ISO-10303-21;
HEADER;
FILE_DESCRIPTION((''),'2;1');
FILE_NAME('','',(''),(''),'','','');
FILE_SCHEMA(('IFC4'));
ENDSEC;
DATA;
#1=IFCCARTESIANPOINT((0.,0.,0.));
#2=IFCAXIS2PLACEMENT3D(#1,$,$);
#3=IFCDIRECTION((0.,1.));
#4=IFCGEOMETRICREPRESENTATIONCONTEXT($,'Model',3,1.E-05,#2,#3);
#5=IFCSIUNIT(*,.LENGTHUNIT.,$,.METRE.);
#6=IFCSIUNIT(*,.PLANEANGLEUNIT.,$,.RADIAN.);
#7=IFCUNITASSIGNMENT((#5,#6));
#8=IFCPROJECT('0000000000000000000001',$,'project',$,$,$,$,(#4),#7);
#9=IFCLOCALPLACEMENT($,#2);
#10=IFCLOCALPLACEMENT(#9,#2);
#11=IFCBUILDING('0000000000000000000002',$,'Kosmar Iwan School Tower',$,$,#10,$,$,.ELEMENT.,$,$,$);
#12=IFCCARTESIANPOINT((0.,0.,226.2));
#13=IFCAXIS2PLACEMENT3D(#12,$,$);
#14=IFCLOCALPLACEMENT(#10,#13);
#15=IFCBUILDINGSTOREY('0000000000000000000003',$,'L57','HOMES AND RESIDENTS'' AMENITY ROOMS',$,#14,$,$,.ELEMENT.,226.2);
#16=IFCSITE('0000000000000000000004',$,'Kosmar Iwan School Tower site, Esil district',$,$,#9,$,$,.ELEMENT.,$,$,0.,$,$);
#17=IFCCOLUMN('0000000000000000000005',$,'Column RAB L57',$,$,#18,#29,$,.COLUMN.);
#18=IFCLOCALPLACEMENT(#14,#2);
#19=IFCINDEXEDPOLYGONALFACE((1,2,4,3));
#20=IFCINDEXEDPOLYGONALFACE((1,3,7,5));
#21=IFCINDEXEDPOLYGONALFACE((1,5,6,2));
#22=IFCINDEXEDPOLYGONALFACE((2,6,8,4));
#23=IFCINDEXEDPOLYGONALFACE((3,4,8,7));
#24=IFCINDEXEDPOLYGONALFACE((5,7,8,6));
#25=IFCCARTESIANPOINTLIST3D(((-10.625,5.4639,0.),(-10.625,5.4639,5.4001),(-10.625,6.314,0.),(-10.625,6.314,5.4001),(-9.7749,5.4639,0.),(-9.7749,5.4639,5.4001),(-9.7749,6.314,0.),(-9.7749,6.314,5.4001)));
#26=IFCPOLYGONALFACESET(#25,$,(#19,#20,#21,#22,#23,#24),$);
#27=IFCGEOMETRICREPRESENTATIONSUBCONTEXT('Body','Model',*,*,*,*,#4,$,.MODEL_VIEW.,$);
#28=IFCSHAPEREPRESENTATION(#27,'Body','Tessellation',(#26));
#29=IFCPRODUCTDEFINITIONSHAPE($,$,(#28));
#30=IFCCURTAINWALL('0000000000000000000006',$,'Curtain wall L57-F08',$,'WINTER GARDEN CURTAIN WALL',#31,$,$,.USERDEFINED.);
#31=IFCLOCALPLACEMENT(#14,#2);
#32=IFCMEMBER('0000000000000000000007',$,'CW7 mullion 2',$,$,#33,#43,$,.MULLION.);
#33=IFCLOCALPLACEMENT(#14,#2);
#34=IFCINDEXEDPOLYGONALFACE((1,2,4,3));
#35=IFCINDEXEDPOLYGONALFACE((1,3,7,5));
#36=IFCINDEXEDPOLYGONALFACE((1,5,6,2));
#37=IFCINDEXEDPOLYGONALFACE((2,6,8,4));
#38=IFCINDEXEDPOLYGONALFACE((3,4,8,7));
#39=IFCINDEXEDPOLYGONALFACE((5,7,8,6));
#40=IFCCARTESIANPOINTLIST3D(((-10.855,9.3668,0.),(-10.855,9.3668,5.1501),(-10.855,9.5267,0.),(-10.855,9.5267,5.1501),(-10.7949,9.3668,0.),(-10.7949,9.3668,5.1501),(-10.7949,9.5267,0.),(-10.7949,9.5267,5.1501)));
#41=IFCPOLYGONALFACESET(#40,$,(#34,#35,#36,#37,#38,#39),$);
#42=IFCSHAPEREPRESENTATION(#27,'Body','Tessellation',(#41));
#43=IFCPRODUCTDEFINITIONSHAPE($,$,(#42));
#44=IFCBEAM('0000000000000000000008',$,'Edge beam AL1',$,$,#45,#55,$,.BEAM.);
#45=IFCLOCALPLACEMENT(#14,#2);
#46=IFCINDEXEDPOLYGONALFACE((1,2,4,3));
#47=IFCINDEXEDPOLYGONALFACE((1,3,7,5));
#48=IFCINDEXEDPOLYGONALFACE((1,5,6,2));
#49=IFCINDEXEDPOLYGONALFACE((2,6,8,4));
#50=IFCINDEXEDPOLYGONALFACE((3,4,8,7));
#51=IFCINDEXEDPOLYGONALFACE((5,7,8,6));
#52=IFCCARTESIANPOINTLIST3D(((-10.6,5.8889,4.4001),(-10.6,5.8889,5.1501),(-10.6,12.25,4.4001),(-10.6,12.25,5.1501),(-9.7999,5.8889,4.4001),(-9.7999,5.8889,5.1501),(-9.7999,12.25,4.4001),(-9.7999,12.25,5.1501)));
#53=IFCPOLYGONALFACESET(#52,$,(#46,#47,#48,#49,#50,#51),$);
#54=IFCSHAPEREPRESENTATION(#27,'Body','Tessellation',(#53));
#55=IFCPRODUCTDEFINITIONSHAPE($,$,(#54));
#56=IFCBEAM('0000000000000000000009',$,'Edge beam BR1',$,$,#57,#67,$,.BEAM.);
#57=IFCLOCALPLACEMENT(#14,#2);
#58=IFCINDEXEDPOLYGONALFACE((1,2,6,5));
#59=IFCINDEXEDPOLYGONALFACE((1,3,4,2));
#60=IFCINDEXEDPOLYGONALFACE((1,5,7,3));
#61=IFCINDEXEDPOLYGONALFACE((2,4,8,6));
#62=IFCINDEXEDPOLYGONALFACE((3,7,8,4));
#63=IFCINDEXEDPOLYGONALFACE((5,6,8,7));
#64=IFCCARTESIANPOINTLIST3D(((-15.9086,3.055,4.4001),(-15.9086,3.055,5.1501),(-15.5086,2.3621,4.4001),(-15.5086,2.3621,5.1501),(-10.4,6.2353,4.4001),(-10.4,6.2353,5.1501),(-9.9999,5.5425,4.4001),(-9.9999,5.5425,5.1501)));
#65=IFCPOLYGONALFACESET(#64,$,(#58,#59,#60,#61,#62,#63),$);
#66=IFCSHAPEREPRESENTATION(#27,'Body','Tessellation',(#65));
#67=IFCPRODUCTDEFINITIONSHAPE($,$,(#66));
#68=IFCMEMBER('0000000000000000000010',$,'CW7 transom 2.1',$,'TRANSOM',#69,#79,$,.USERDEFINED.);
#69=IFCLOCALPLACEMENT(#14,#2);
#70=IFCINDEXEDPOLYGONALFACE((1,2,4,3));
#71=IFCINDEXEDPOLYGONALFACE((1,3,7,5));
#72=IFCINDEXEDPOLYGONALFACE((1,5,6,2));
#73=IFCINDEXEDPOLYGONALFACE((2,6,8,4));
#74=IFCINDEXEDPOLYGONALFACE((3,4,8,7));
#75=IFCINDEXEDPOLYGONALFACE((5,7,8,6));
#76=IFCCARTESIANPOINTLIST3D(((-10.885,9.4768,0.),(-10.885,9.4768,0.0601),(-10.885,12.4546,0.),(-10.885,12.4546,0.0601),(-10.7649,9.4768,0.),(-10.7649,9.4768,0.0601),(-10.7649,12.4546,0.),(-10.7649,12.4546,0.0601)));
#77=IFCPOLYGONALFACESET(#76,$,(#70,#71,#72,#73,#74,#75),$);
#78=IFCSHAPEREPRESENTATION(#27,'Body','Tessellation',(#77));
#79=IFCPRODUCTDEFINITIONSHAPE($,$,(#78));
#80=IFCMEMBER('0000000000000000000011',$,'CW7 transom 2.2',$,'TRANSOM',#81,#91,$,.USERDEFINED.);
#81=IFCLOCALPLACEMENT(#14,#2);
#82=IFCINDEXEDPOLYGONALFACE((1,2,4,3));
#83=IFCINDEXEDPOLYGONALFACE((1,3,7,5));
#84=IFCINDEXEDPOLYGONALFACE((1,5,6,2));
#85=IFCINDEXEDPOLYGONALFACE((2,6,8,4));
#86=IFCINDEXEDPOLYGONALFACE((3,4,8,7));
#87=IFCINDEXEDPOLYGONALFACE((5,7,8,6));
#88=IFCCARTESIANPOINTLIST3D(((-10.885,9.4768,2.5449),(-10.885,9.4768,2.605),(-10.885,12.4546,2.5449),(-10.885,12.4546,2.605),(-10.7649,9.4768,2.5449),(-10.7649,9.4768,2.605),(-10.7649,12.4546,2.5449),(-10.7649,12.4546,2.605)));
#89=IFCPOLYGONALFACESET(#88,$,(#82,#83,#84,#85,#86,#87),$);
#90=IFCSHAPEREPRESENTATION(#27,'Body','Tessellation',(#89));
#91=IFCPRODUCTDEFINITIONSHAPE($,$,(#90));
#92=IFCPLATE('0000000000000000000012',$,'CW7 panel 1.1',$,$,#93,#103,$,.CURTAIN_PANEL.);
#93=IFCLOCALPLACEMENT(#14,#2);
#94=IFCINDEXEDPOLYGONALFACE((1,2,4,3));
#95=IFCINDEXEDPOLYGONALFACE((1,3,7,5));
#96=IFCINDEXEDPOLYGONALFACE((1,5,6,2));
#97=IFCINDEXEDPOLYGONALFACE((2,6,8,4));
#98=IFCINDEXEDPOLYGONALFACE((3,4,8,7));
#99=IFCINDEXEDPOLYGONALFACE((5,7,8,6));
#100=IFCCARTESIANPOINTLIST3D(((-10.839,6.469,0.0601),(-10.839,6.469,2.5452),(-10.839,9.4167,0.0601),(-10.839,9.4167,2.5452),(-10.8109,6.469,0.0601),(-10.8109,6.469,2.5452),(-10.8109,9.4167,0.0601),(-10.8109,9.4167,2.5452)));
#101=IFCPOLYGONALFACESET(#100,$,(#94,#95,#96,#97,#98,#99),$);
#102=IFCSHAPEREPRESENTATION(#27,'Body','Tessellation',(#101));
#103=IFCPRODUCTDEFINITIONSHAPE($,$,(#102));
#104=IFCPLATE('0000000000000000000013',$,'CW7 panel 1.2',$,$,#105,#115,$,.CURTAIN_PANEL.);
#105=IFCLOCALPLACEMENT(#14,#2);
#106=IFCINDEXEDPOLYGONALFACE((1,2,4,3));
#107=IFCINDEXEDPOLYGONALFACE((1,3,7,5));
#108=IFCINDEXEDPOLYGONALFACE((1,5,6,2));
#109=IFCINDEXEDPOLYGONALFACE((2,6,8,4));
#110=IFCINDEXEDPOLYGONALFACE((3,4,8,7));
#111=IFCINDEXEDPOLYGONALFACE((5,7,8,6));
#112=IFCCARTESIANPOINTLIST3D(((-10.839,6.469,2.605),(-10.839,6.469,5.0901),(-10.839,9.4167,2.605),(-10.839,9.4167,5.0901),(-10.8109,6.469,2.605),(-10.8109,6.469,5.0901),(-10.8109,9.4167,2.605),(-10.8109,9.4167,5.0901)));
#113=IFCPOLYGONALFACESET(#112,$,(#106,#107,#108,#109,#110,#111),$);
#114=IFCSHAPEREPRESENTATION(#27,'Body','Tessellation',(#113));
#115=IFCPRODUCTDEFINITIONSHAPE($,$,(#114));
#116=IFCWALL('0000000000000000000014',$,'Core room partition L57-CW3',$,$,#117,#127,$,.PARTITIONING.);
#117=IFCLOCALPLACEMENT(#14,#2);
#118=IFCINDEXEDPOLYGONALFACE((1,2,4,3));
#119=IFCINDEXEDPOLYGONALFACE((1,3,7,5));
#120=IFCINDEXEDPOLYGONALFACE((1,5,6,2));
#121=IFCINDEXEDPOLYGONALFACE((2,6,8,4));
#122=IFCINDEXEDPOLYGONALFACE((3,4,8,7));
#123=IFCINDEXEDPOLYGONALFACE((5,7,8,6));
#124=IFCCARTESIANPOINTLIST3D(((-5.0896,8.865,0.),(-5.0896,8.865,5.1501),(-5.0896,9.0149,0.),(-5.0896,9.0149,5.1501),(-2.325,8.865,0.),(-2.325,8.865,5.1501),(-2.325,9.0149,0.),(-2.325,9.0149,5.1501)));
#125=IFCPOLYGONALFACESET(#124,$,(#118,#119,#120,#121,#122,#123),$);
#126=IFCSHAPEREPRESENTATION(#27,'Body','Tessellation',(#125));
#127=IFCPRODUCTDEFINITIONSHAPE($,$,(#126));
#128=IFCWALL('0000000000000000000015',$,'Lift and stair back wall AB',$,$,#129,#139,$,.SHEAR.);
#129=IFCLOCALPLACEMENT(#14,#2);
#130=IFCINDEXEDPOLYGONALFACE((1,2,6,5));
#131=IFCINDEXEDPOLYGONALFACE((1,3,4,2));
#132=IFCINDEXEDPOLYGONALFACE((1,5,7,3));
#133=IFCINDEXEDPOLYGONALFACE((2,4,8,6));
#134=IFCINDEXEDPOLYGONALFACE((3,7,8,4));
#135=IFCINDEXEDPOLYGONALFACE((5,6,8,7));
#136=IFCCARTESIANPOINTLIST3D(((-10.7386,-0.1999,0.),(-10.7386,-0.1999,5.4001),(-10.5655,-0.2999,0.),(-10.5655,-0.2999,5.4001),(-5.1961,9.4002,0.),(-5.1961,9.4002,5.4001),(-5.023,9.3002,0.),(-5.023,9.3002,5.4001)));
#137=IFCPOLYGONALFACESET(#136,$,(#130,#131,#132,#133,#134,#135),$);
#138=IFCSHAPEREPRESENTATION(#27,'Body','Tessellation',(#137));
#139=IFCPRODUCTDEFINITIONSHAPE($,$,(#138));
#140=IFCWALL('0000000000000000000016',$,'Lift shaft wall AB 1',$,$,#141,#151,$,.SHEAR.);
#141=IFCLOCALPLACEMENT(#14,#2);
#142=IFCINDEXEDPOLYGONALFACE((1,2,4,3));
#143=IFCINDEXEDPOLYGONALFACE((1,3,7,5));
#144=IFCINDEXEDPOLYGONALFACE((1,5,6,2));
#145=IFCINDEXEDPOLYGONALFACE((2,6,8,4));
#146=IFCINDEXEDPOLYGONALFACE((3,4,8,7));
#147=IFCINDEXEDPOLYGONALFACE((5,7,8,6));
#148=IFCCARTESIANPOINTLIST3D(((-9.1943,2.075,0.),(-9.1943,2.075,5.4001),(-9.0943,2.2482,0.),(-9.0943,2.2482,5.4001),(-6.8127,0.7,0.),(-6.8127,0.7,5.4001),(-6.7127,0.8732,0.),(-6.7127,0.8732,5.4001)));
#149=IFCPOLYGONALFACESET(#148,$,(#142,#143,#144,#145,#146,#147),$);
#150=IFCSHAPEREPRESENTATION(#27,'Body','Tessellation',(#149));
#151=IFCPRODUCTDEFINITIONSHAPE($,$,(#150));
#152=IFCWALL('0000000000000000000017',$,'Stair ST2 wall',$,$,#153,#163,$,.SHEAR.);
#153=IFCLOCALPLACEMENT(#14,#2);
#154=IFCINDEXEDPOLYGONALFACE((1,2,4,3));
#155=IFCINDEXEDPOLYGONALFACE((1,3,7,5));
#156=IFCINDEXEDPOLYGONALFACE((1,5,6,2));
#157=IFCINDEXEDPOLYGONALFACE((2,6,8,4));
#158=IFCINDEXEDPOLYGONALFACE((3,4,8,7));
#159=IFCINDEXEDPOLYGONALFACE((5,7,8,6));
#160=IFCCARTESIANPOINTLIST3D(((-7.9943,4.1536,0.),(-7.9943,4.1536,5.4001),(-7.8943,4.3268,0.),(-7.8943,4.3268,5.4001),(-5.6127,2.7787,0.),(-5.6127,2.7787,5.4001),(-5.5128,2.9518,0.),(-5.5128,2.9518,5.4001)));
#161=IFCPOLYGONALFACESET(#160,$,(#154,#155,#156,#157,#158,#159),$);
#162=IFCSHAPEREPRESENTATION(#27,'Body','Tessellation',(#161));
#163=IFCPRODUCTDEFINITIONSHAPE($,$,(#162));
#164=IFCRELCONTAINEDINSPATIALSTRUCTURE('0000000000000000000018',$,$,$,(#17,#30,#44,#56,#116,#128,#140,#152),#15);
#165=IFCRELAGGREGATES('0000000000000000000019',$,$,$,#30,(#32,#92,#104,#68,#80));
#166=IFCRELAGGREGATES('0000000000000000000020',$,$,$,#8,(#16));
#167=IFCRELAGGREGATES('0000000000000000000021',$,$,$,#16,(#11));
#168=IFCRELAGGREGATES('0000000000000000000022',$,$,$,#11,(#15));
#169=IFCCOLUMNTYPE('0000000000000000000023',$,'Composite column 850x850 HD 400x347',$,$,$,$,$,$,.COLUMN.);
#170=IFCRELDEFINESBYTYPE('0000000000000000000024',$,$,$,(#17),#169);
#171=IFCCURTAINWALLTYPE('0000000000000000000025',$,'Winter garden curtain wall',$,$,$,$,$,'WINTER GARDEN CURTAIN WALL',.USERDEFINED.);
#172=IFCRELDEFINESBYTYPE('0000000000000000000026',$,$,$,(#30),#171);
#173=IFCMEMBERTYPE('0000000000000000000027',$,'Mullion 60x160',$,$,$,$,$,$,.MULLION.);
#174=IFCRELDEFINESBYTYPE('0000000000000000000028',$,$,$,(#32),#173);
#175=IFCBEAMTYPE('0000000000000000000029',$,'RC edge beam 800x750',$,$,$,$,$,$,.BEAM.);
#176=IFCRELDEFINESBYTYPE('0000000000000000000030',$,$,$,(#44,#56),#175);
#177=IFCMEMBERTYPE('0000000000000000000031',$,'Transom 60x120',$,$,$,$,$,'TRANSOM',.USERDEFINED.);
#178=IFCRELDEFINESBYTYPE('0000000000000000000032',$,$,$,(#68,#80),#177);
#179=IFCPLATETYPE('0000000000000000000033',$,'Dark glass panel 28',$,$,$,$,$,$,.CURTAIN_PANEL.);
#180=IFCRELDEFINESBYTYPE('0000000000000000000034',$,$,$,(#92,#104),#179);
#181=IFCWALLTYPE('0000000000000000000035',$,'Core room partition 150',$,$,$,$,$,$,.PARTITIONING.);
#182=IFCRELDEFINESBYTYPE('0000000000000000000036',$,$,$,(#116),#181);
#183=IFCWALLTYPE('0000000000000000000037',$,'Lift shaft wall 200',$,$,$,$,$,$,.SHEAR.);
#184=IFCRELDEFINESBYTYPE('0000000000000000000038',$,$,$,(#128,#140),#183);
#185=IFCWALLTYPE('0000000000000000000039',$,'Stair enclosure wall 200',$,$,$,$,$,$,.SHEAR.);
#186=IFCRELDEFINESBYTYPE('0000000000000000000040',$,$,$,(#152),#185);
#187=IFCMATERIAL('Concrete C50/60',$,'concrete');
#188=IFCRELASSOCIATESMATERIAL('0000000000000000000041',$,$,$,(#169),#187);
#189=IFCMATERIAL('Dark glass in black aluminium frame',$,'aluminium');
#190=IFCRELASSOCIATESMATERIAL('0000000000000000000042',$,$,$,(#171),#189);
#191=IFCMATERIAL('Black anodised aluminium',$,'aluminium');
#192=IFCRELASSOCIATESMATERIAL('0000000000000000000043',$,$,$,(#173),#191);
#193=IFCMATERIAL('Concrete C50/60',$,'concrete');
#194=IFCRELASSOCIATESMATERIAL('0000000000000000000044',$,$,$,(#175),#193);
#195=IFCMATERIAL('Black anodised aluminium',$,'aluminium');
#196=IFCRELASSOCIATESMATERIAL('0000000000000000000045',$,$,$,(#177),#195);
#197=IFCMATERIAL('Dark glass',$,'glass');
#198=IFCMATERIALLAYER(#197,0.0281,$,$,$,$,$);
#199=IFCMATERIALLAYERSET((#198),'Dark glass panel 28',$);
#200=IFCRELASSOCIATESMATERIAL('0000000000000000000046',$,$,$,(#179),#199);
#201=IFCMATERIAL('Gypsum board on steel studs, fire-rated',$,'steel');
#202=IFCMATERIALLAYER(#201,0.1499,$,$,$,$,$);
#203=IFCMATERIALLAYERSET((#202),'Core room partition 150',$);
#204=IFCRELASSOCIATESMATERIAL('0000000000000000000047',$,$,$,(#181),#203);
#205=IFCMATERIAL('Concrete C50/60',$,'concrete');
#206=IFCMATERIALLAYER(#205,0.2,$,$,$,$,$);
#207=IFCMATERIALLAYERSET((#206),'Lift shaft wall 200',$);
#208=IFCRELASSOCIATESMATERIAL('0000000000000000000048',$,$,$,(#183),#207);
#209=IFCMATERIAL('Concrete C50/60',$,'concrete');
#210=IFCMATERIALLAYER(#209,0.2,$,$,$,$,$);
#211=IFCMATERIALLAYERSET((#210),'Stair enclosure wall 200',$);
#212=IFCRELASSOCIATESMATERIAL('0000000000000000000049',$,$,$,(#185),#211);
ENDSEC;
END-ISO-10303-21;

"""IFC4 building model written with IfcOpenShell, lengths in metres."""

from ifc_helpers import new_model, si_unit, direction, frame, frame_2d, origin, origin_2d, place, context, subcontext, project, spatial, rectangle, extrude, material, layer, layer_set, material_profile, profile_set, type_object, element, aggregate, save


model = new_model("IFC4")

# Units and contexts
model_context = context("Model", 3, precision=1e-05, world=origin(), true_north=direction((0.0, 1.0)))
body_context = subcontext(model_context, "Body", "Model", "MODEL_VIEW")
ifc_project = project(units=[si_unit("LENGTHUNIT", "METRE"), si_unit("PLANEANGLEUNIT", "RADIAN")], contexts=[model_context])

# Site, building, storey
site_placement = place(None, origin())
site = spatial("IfcSite", under=ifc_project, at=site_placement, Name="Kosmar Iwan School Tower site, Esil district", CompositionType="ELEMENT", RefElevation=0.0)
building_placement = place(site_placement, origin())
building = spatial("IfcBuilding", under=site, at=building_placement, Name="Kosmar Iwan School Tower", CompositionType="ELEMENT")
storey_placement = place(building_placement, frame((0.0, 0.0, 226.2)))
storey = spatial("IfcBuildingStorey", under=building, at=storey_placement, Name="L57", Description="HOMES AND RESIDENTS' AMENITY ROOMS", CompositionType="ELEMENT", Elevation=226.2)

# Column
ifc_material_1 = material(Name="Concrete C50/60", Category="concrete")
ifc_material_profile_1 = material_profile(ifc_material_1, rectangle(XDim=0.8501, YDim=0.8501, at=origin_2d()), Name="RC 850x850 + HD 400x347")
ifc_profile_set_1 = profile_set([ifc_material_profile_1], Name="Concrete C50/60")
column_type = type_object("IfcColumnType", Name="Composite column 850x850 HD 400x347", PredefinedType="COLUMN", material=ifc_profile_set_1)
column_placement = place(storey_placement, frame((-10.2, 5.8889, 0.0), z_axis=(0.0, 0.0, 1.0), x_axis=(1.0, 0.0, 0.0)))
element("IfcColumn", 1, at=column_placement, inside=storey, type_object=column_type, Name="Column RAB L57", PredefinedType="COLUMN", context=body_context, shape_type="SweptSolid", body=[
    extrude(rectangle(XDim=0.8501, YDim=0.8501, at=origin_2d()), origin(), (0.0, 0.0, 1.0), 5.4001),
])

# Curtain wall, member
ifc_material_2 = material(Name="Dark glass in black aluminium frame", Category="aluminium")
curtain_wall_type = type_object("IfcCurtainWallType", Name="Winter garden curtain wall", ElementType="WINTER GARDEN CURTAIN WALL", PredefinedType="USERDEFINED", material=ifc_material_2)
curtain_wall_placement = place(storey_placement, origin())
curtain_wall = element("IfcCurtainWall", 2, at=curtain_wall_placement, inside=storey, type_object=curtain_wall_type, Name="Curtain wall L57-F08", ObjectType="WINTER GARDEN CURTAIN WALL", PredefinedType="USERDEFINED")
ifc_material_3 = material(Name="Black anodised aluminium", Category="aluminium")
ifc_material_profile_2 = material_profile(ifc_material_3, rectangle(XDim=0.0601, YDim=0.1599, at=origin_2d()), Name="MULLION 60x160")
ifc_profile_set_2 = profile_set([ifc_material_profile_2], Name="Black anodised aluminium")
member_type_1 = type_object("IfcMemberType", Name="Mullion 60x160", PredefinedType="MULLION", material=ifc_profile_set_2)
member_1_placement = place(storey_placement, frame((-10.825, 9.4468, 0.0), z_axis=(0.0, 0.0, 1.0), x_axis=(-1.0, 0.0, 0.0)))
member_1 = element("IfcMember", 3, at=member_1_placement, type_object=member_type_1, Name="CW7 mullion 2", PredefinedType="MULLION", context=body_context, shape_type="SweptSolid", body=[
    extrude(rectangle(XDim=0.0601, YDim=0.1599, at=origin_2d()), origin(), (0.0, 0.0, 1.0), 5.1501),
])

# Beams
ifc_material_4 = material(Name="Concrete C50/60", Category="concrete")
ifc_material_profile_3 = material_profile(ifc_material_4, rectangle(XDim=0.8, YDim=0.75, at=origin_2d()), Name="RC 800x750")
ifc_profile_set_3 = profile_set([ifc_material_profile_3], Name="Concrete C50/60")
beam_type = type_object("IfcBeamType", Name="RC edge beam 800x750", PredefinedType="BEAM", material=ifc_profile_set_3)
beam_1_placement = place(storey_placement, frame((-10.2, 5.8889, 4.7751), z_axis=(0.0, 1.0, 0.0), x_axis=(-1.0, 0.0, 0.0)))
element("IfcBeam", 4, at=beam_1_placement, inside=storey, type_object=beam_type, Name="Edge beam AL1", PredefinedType="BEAM", context=body_context, shape_type="SweptSolid", body=[
    extrude(rectangle(XDim=0.8, YDim=0.75, at=origin_2d()), origin(), (0.0, 0.0, 1.0), 6.3611),
])
beam_2_placement = place(storey_placement, frame((-10.2, 5.8889, 4.7751), z_axis=(-0.866031, -0.49999, 0.0), x_axis=(0.49999, -0.866031, 0.0)))
element("IfcBeam", 5, at=beam_2_placement, inside=storey, type_object=beam_type, Name="Edge beam BR1", PredefinedType="BEAM", context=body_context, shape_type="SweptSolid", body=[
    extrude(rectangle(XDim=0.8, YDim=0.75, at=origin_2d()), origin(), (0.0, 0.0, 1.0), 6.3608),
])

# Members
ifc_material_5 = material(Name="Black anodised aluminium", Category="aluminium")
ifc_material_profile_4 = material_profile(ifc_material_5, rectangle(XDim=0.1201, YDim=0.0601, at=origin_2d()), Name="TRANSOM 60x120")
ifc_profile_set_4 = profile_set([ifc_material_profile_4], Name="Black anodised aluminium")
member_type_2 = type_object("IfcMemberType", Name="Transom 60x120", ElementType="TRANSOM", PredefinedType="USERDEFINED", material=ifc_profile_set_4)
member_2_placement = place(storey_placement, frame((-10.825, 9.4768, 0.03), z_axis=(0.0, 1.0, 0.0), x_axis=(-1.0, 0.0, 0.0)))
member_2 = element("IfcMember", 6, at=member_2_placement, type_object=member_type_2, Name="CW7 transom 2.1", ObjectType="TRANSOM", PredefinedType="USERDEFINED", context=body_context, shape_type="SweptSolid", body=[
    extrude(rectangle(XDim=0.1201, YDim=0.0601, at=origin_2d()), origin(), (0.0, 0.0, 1.0), 2.9778),
])
member_3_placement = place(storey_placement, frame((-10.825, 9.4768, 2.575), z_axis=(0.0, 1.0, 0.0), x_axis=(-1.0, 0.0, 0.0)))
member_3 = element("IfcMember", 7, at=member_3_placement, type_object=member_type_2, Name="CW7 transom 2.2", ObjectType="TRANSOM", PredefinedType="USERDEFINED", context=body_context, shape_type="SweptSolid", body=[
    extrude(rectangle(XDim=0.1201, YDim=0.0601, at=origin_2d()), origin(), (0.0, 0.0, 1.0), 2.9778),
])

# Plates
ifc_material_6 = material(Name="Dark glass", Category="glass")
ifc_layer_1 = layer(ifc_material_6, 0.0281)
ifc_layer_set_1 = layer_set([ifc_layer_1], Name="Dark glass panel 28")
plate_type = type_object("IfcPlateType", Name="Dark glass panel 28", PredefinedType="CURTAIN_PANEL", material=ifc_layer_set_1)
plate_1_placement = place(storey_placement, frame((-10.825, 7.9429, 0.0601), z_axis=(0.0, 0.0, 1.0), x_axis=(0.0, 1.0, 0.0)))
plate_1 = element("IfcPlate", 8, at=plate_1_placement, type_object=plate_type, Name="CW7 panel 1.1", PredefinedType="CURTAIN_PANEL", context=body_context, shape_type="SweptSolid", body=[
    extrude(rectangle(XDim=2.9478, YDim=0.0281, at=origin_2d()), origin(), (0.0, 0.0, 1.0), 2.4851),
])
plate_2_placement = place(storey_placement, frame((-10.825, 7.9429, 2.605), z_axis=(0.0, 0.0, 1.0), x_axis=(0.0, 1.0, 0.0)))
plate_2 = element("IfcPlate", 9, at=plate_2_placement, type_object=plate_type, Name="CW7 panel 1.2", PredefinedType="CURTAIN_PANEL", context=body_context, shape_type="SweptSolid", body=[
    extrude(rectangle(XDim=2.9478, YDim=0.0281, at=origin_2d()), origin(), (0.0, 0.0, 1.0), 2.4851),
])
aggregate(curtain_wall, [member_1, plate_1, plate_2, member_2, member_3])

# Walls
ifc_material_7 = material(Name="Gypsum board on steel studs, fire-rated", Category="steel")
ifc_layer_2 = layer(ifc_material_7, 0.1499)
ifc_layer_set_2 = layer_set([ifc_layer_2], Name="Core room partition 150")
wall_type_1 = type_object("IfcWallType", Name="Core room partition 150", PredefinedType="PARTITIONING", material=ifc_layer_set_2)
wall_1_placement = place(storey_placement, frame((-5.0896, 8.9399, 0.0), z_axis=(0.0, 0.0, 1.0), x_axis=(1.0, 0.0, 0.0)))
element("IfcWall", 10, at=wall_1_placement, inside=storey, type_object=wall_type_1, Name="Core room partition L57-CW3", PredefinedType="PARTITIONING", context=body_context, shape_type="SweptSolid", body=[
    extrude(rectangle(XDim=2.7646, YDim=0.1499, at=frame_2d((1.3823, 0.0))), origin(), (0.0, 0.0, 1.0), 5.1501),
])
ifc_material_8 = material(Name="Concrete C50/60", Category="concrete")
ifc_layer_3 = layer(ifc_material_8, 0.2)
ifc_layer_set_3 = layer_set([ifc_layer_3], Name="Lift shaft wall 200")
wall_type_2 = type_object("IfcWallType", Name="Lift shaft wall 200", PredefinedType="SHEAR", material=ifc_layer_set_3)
wall_2_placement = place(storey_placement, frame((-5.1096, 9.3501, 0.0), z_axis=(0.0, 0.0, 1.0), x_axis=(-0.499991, -0.866031, 0.0)))
element("IfcWall", 11, at=wall_2_placement, inside=storey, type_object=wall_type_2, Name="Lift and stair back wall AB", PredefinedType="SHEAR", context=body_context, shape_type="SweptSolid", body=[
    extrude(rectangle(XDim=11.0852, YDim=0.2, at=frame_2d((5.5425, 0.0))), origin(), (0.0, 0.0, 1.0), 5.4001),
])
wall_3_placement = place(storey_placement, frame((-6.7627, 0.7866, 0.0), z_axis=(0.0, 0.0, 1.0), x_axis=(-0.866027, 0.499997, 0.0)))
element("IfcWall", 12, at=wall_3_placement, inside=storey, type_object=wall_type_2, Name="Lift shaft wall AB 1", PredefinedType="SHEAR", context=body_context, shape_type="SweptSolid", body=[
    extrude(rectangle(XDim=2.75, YDim=0.2, at=frame_2d((1.375, 0.0))), origin(), (0.0, 0.0, 1.0), 5.4001),
])
ifc_material_9 = material(Name="Concrete C50/60", Category="concrete")
ifc_layer_4 = layer(ifc_material_9, 0.2)
ifc_layer_set_4 = layer_set([ifc_layer_4], Name="Stair enclosure wall 200")
wall_type_3 = type_object("IfcWallType", Name="Stair enclosure wall 200", PredefinedType="SHEAR", material=ifc_layer_set_4)
wall_4_placement = place(storey_placement, frame((-5.5627, 2.8652, 0.0), z_axis=(0.0, 0.0, 1.0), x_axis=(-0.866027, 0.499997, 0.0)))
element("IfcWall", 13, at=wall_4_placement, inside=storey, type_object=wall_type_3, Name="Stair ST2 wall", PredefinedType="SHEAR", context=body_context, shape_type="SweptSolid", body=[
    extrude(rectangle(XDim=2.75, YDim=0.2, at=frame_2d((1.375, 0.0))), origin(), (0.0, 0.0, 1.0), 5.4001),
])

save(model, "model.ifc")
